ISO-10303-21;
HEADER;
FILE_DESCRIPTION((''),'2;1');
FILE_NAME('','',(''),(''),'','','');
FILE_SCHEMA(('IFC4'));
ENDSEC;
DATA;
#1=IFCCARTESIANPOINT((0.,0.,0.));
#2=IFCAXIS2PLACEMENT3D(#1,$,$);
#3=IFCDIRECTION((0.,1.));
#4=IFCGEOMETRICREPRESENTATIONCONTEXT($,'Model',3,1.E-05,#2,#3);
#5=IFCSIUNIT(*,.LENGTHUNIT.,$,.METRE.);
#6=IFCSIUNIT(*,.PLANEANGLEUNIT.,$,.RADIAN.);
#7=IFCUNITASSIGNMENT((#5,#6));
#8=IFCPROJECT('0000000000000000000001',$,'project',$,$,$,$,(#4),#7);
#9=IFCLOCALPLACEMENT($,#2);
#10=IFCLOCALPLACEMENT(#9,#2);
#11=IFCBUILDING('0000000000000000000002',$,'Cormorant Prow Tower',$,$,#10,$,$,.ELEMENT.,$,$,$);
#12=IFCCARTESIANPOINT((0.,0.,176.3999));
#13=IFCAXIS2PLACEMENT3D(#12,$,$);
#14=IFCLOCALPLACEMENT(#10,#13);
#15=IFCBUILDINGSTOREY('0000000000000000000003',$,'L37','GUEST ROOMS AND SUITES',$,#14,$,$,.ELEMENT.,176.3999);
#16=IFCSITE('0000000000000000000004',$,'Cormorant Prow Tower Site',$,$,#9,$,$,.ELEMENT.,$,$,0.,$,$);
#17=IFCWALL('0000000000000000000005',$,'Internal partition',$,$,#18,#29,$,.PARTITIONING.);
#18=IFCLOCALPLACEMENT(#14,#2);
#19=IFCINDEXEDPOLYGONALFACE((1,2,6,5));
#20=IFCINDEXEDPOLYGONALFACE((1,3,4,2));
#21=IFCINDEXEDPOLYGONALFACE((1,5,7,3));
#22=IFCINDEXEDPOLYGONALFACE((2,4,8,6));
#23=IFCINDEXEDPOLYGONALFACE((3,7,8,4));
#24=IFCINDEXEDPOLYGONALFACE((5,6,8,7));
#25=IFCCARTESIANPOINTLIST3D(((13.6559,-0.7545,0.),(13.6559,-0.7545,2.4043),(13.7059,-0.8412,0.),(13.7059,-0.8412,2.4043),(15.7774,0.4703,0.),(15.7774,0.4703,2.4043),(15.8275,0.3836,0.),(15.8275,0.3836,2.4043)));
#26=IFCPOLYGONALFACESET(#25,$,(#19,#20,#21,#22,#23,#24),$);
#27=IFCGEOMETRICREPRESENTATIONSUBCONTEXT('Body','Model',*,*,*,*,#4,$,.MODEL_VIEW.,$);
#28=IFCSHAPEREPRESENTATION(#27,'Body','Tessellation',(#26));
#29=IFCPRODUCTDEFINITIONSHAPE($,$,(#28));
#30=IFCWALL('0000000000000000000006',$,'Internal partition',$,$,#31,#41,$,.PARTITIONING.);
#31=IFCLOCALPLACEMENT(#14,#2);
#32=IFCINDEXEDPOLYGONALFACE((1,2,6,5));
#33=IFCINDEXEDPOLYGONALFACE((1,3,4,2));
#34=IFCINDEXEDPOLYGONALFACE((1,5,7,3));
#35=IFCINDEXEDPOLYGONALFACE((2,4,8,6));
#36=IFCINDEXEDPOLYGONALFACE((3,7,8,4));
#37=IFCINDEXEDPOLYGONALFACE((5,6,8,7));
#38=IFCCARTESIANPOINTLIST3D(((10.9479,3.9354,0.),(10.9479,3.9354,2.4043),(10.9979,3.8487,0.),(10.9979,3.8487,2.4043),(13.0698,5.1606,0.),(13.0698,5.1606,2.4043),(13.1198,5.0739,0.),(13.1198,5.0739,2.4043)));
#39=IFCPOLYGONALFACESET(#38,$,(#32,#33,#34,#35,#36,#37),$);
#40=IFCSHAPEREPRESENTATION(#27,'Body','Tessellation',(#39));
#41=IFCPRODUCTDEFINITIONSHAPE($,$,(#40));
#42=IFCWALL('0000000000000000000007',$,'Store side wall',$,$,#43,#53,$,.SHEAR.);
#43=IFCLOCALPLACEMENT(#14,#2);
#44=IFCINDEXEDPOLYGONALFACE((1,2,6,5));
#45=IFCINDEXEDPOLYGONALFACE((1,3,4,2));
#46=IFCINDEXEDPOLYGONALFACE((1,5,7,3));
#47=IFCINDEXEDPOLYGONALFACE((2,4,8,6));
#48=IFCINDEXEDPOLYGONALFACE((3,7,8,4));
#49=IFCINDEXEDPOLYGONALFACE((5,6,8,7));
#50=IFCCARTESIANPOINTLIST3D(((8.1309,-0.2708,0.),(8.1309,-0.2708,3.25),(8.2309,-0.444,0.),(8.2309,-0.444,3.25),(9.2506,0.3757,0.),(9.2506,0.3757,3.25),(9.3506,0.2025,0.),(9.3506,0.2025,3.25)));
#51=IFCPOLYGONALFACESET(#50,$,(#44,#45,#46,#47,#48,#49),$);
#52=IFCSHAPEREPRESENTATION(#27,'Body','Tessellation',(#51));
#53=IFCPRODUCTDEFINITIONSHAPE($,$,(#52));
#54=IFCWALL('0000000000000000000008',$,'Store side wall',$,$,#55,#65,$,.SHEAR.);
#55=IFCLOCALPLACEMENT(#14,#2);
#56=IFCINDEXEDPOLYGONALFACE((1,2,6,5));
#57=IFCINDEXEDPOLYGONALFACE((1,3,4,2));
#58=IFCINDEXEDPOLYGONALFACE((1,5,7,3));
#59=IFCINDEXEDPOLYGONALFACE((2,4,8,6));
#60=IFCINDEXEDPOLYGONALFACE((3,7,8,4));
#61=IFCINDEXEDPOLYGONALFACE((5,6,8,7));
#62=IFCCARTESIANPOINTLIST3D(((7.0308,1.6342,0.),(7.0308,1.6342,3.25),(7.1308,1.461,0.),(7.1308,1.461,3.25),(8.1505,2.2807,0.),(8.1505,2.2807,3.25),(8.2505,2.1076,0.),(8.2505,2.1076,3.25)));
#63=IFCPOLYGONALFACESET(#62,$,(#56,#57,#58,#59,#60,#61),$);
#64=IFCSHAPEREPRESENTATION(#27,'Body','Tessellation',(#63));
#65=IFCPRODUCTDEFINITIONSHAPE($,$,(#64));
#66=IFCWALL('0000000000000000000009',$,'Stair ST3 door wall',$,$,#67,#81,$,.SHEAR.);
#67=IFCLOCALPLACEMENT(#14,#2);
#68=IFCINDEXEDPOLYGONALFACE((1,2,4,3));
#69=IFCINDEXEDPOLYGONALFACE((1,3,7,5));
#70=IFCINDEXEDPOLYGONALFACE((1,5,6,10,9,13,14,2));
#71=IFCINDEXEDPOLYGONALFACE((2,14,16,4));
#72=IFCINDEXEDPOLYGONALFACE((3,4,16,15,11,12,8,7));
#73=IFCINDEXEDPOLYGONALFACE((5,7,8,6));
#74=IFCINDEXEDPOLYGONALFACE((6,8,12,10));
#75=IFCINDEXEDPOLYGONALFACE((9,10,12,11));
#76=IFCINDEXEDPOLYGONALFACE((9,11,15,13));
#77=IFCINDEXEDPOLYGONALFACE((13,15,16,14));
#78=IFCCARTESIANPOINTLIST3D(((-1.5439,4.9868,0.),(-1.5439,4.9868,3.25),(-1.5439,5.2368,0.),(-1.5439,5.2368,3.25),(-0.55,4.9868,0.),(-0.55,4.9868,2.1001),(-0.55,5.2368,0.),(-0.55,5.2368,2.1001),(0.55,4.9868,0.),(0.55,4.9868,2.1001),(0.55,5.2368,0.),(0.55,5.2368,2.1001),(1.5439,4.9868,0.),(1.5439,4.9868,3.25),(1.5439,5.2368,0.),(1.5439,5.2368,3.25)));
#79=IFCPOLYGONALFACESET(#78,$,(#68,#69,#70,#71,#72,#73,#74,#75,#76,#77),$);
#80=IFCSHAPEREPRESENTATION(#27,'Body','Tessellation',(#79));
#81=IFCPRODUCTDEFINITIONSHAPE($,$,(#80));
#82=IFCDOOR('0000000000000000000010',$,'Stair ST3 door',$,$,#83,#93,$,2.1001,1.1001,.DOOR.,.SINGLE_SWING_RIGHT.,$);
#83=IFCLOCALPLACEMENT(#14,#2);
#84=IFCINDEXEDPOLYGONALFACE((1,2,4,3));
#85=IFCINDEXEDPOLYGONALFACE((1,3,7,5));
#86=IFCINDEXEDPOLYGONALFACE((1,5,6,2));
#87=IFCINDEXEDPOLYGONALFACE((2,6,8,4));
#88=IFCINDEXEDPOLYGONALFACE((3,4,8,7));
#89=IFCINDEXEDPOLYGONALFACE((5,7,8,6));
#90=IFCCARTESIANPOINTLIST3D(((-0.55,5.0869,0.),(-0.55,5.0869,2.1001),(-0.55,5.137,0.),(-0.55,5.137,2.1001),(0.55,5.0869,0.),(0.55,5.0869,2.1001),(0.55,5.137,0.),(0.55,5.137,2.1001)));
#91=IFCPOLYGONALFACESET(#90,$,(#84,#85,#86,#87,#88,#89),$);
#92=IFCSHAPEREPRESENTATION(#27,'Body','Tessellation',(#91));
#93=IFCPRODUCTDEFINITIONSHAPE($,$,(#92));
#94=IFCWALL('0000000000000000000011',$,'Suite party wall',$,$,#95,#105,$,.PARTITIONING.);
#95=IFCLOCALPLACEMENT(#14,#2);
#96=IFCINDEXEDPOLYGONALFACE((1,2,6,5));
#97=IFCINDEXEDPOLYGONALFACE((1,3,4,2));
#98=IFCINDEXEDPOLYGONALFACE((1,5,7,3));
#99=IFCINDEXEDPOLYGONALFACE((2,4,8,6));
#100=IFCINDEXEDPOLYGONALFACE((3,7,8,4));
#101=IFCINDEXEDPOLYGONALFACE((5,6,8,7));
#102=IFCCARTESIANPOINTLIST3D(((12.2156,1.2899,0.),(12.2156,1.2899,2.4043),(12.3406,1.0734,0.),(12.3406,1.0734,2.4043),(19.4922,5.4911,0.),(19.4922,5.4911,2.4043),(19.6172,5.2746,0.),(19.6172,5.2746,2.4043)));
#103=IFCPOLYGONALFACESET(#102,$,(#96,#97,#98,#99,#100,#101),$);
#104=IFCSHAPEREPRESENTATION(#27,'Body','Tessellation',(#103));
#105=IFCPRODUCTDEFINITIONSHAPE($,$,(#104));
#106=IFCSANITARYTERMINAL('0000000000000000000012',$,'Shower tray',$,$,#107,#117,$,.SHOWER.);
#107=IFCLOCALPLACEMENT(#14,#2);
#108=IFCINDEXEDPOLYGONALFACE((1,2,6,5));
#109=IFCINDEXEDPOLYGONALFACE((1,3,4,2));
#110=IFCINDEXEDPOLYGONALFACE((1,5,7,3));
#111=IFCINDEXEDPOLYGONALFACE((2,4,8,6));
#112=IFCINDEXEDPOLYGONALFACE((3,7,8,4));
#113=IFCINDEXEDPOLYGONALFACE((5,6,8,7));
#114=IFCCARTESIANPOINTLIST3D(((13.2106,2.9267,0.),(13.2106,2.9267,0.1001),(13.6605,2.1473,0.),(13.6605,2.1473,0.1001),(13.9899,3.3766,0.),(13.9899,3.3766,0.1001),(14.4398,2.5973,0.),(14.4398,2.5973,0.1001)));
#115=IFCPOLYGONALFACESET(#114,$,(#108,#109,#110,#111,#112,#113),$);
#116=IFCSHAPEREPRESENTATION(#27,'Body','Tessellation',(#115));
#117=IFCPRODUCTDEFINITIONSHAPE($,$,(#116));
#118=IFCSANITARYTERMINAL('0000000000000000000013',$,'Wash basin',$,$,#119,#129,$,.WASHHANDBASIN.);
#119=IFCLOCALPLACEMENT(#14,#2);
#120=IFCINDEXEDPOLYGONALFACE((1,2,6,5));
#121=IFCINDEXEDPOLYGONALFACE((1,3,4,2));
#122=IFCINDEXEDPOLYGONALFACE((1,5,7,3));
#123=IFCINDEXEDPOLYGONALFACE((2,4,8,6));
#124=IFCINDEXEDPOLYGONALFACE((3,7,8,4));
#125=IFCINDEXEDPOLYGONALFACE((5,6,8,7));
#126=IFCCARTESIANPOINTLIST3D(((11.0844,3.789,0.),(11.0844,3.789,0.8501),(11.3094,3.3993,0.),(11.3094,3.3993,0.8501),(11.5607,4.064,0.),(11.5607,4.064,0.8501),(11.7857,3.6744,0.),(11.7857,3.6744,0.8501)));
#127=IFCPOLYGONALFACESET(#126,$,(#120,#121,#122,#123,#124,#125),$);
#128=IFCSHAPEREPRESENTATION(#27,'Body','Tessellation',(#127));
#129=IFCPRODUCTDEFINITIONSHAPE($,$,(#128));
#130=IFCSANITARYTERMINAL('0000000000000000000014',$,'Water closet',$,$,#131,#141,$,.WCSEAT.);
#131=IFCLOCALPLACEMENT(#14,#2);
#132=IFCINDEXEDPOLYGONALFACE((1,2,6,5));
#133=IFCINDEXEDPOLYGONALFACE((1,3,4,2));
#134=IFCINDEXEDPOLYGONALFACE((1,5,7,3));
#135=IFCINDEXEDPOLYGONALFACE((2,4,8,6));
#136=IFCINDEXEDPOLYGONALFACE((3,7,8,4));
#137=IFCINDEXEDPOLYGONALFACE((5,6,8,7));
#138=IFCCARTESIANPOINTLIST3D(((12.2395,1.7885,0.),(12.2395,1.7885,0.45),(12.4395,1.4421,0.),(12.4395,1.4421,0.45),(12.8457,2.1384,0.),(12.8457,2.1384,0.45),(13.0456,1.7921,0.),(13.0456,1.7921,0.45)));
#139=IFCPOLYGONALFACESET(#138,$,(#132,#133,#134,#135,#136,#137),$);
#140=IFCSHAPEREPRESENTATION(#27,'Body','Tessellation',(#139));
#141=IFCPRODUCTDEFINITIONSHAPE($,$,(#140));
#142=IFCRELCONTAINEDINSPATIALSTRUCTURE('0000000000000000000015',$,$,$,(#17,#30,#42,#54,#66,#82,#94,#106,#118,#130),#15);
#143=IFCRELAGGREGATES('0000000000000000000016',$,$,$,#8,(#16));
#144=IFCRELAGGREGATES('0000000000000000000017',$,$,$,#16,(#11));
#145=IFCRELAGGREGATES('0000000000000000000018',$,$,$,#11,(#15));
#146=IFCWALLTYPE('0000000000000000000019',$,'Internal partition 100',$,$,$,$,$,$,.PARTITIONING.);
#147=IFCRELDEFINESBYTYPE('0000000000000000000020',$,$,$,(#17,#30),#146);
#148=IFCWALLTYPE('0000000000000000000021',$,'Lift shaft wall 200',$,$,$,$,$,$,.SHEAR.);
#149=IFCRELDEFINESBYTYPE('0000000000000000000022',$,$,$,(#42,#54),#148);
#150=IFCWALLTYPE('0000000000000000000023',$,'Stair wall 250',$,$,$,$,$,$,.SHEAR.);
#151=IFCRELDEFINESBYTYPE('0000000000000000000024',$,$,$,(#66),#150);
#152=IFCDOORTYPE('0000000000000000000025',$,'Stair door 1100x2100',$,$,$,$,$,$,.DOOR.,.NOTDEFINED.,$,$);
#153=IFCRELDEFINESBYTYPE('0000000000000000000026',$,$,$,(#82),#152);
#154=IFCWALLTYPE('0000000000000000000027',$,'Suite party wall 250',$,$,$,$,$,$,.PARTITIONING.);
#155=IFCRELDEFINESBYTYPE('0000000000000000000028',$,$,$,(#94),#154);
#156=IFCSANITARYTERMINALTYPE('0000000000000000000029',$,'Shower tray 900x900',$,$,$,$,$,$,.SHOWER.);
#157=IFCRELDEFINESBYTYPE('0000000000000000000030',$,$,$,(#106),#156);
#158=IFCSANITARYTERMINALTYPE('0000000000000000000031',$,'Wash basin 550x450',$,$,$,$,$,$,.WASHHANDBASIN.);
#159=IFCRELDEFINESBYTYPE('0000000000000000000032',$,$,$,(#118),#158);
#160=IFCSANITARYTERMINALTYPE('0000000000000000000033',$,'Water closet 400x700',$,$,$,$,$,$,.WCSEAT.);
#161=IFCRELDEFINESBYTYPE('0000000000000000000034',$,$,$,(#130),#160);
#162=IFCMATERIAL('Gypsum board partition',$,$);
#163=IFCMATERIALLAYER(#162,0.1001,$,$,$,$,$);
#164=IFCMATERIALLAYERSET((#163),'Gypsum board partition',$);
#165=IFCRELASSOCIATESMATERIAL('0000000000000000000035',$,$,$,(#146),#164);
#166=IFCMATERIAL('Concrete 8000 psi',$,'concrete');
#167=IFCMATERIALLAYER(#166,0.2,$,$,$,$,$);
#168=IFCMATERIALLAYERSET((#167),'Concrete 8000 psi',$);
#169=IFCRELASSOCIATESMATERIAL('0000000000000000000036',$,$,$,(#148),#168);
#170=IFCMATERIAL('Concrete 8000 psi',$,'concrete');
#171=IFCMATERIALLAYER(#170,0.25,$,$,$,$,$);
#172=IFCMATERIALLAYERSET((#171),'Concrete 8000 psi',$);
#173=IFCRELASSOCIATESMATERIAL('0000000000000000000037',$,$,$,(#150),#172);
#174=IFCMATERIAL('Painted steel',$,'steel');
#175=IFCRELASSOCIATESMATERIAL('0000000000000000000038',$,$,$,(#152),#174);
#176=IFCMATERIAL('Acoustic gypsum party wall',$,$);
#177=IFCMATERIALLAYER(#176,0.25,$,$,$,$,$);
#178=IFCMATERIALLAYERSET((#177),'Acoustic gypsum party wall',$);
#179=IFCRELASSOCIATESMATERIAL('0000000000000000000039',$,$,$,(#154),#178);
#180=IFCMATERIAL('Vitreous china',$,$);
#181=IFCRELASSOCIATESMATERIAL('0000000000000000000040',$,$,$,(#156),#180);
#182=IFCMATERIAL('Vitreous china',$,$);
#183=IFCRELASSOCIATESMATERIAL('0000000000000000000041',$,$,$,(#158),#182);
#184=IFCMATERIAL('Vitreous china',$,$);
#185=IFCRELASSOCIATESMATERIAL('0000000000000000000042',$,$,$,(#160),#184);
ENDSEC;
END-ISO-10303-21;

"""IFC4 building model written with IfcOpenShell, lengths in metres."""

from ifc_helpers import new_model, si_unit, direction, frame, frame_2d, origin, origin_2d, place, context, subcontext, project, spatial, rectangle, extrude, material, layer, layer_set, type_object, element, fill, save


model = new_model("IFC4")

# Units and contexts
model_context = context("Model", 3, precision=1e-05, world=origin(), true_north=direction((0.0, 1.0)))
body_context = subcontext(model_context, "Body", "Model", "MODEL_VIEW")
ifc_project = project(units=[si_unit("LENGTHUNIT", "METRE"), si_unit("PLANEANGLEUNIT", "RADIAN")], contexts=[model_context])

# Site, building, storey
site_placement = place(None, origin())
site = spatial("IfcSite", under=ifc_project, at=site_placement, Name="Cormorant Prow Tower Site", CompositionType="ELEMENT", RefElevation=0.0)
building_placement = place(site_placement, origin())
building = spatial("IfcBuilding", under=site, at=building_placement, Name="Cormorant Prow Tower", CompositionType="ELEMENT")
storey_placement = place(building_placement, frame((0.0, 0.0, 176.3999)))
storey = spatial("IfcBuildingStorey", under=building, at=storey_placement, Name="L37", Description="GUEST ROOMS AND SUITES", CompositionType="ELEMENT", Elevation=176.3999)

# Shared definitions
ifc_material_1 = material(Name="Gypsum board partition")
ifc_layer_1 = layer(ifc_material_1, 0.1001)
ifc_layer_set_1 = layer_set([ifc_layer_1], Name="Gypsum board partition")
wall_type_1 = type_object("IfcWallType", Name="Internal partition 100", PredefinedType="PARTITIONING", material=ifc_layer_set_1)

# Walls
wall_1_placement = place(storey_placement, frame((13.6809, -0.7979, 0.0), z_axis=(0.0, 0.0, 1.0), x_axis=(0.866033, 0.499987, 0.0)))
element("IfcWall", 1, at=wall_1_placement, inside=storey, type_object=wall_type_1, Name="Internal partition", PredefinedType="PARTITIONING", context=body_context, shape_type="SweptSolid", body=[
    extrude(rectangle(XDim=2.4497, YDim=0.1001, at=frame_2d((1.2249, 0.0))), origin(), (0.0, 0.0, 1.0), 2.4043),
])
wall_2_placement = place(storey_placement, frame((10.9729, 3.8921, 0.0), z_axis=(0.0, 0.0, 1.0), x_axis=(0.866015, 0.500019, 0.0)))
element("IfcWall", 2, at=wall_2_placement, inside=storey, type_object=wall_type_1, Name="Internal partition", PredefinedType="PARTITIONING", context=body_context, shape_type="SweptSolid", body=[
    extrude(rectangle(XDim=2.4502, YDim=0.1001, at=frame_2d((1.2251, 0.0))), origin(), (0.0, 0.0, 1.0), 2.4043),
])
ifc_material_2 = material(Name="Concrete 8000 psi", Category="concrete")
ifc_layer_2 = layer(ifc_material_2, 0.2)
ifc_layer_set_2 = layer_set([ifc_layer_2], Name="Concrete 8000 psi")
wall_type_2 = type_object("IfcWallType", Name="Lift shaft wall 200", PredefinedType="SHEAR", material=ifc_layer_set_2)
for number, where, z_axis, x_axis, name in (
    (3, (8.1809, -0.3574, 0.0), (0.0, 0.0, 1.0), (0.866003, 0.500038, 0.0), "Store side wall"),
    (4, (7.0808, 1.5476, 0.0), (0.0, 0.0, 1.0), (0.866003, 0.500038, 0.0), "Store side wall"),
):
    element("IfcWall", number, at=place(storey_placement, frame(where, z_axis=z_axis, x_axis=x_axis)), inside=storey, type_object=wall_type_2, Name=name, PredefinedType="SHEAR", context=body_context, shape_type="SweptSolid", body=[
        extrude(rectangle(XDim=1.293, YDim=0.2, at=frame_2d((0.6465, 0.0))), origin(), (0.0, 0.0, 1.0), 3.25),
    ])

# Wall, opening, door
ifc_material_3 = material(Name="Concrete 8000 psi", Category="concrete")
ifc_layer_3 = layer(ifc_material_3, 0.25)
ifc_layer_set_3 = layer_set([ifc_layer_3], Name="Concrete 8000 psi")
wall_type_3 = type_object("IfcWallType", Name="Stair wall 250", PredefinedType="SHEAR", material=ifc_layer_set_3)
wall_3_placement = place(storey_placement, frame((1.5439, 5.1118, 0.0), z_axis=(0.0, 0.0, 1.0), x_axis=(-1.0, 0.0, 0.0)))
wall_3 = element("IfcWall", 5, at=wall_3_placement, inside=storey, type_object=wall_type_3, Name="Stair ST3 door wall", PredefinedType="SHEAR", context=body_context, shape_type="SweptSolid", body=[
    extrude(rectangle(XDim=3.0879, YDim=0.25, at=frame_2d((1.5439, 0.0))), origin(), (0.0, 0.0, 1.0), 3.25),
])
opening_1_placement = place(wall_3_placement, frame((0.9939, 0.0, 0.0)))
opening_1 = element("IfcOpeningElement", 6, at=opening_1_placement, cuts=wall_3, PredefinedType="OPENING", context=body_context, shape_type="SweptSolid", body=[
    extrude(rectangle(XDim=1.1001, YDim=2.1001, at=frame_2d((0.55, 1.05))), frame((0.0, 0.135, 0.0), z_axis=(0.0, -1.0, 0.0), x_axis=(1.0, 0.0, 0.0)), (0.0, 0.0, 1.0), 0.27),
])
ifc_material_4 = material(Name="Painted steel", Category="steel")
door_type_1 = type_object("IfcDoorType", Name="Stair door 1100x2100", OperationType="NOTDEFINED", PredefinedType="DOOR", material=ifc_material_4)
door_1_placement = place(opening_1_placement, origin())
door_1 = element("IfcDoor", 7, at=door_1_placement, inside=storey, type_object=door_type_1, Name="Stair ST3 door", OperationType="SINGLE_SWING_RIGHT", OverallHeight=2.1001, OverallWidth=1.1001, PredefinedType="DOOR", context=body_context, shape_type="SweptSolid", body=[
    extrude(rectangle(XDim=1.1001, YDim=2.1001, at=frame_2d((0.55, 1.05))), frame((0.0, 0.0249, 0.0), z_axis=(0.0, -1.0, 0.0), x_axis=(1.0, 0.0, 0.0)), (0.0, 0.0, 1.0), 0.05),
])
fill(opening_1, door_1)

# Wall
ifc_material_5 = material(Name="Acoustic gypsum party wall")
ifc_layer_4 = layer(ifc_material_5, 0.25)
ifc_layer_set_4 = layer_set([ifc_layer_4], Name="Acoustic gypsum party wall")
wall_type_4 = type_object("IfcWallType", Name="Suite party wall 250", PredefinedType="PARTITIONING", material=ifc_layer_set_4)
wall_4_placement = place(storey_placement, frame((12.2781, 1.1816, 0.0), z_axis=(0.0, 0.0, 1.0), x_axis=(0.866024, 0.500002, 0.0)))
element("IfcWall", 8, at=wall_4_placement, inside=storey, type_object=wall_type_4, Name="Suite party wall", PredefinedType="PARTITIONING", context=body_context, shape_type="SweptSolid", body=[
    extrude(rectangle(XDim=8.4023, YDim=0.25, at=frame_2d((4.2012, 0.0))), origin(), (0.0, 0.0, 1.0), 2.4043),
])

# Sanitary terminals
ifc_material_6 = material(Name="Vitreous china")
sanitary_terminal_type_1 = type_object("IfcSanitaryTerminalType", Name="Shower tray 900x900", PredefinedType="SHOWER", material=ifc_material_6)
sanitary_terminal_1_placement = place(storey_placement, frame((13.8252, 2.762, 0.0), z_axis=(0.0, 0.0, 1.0), x_axis=(-0.866025, -0.5, 0.0)))
element("IfcSanitaryTerminal", 9, at=sanitary_terminal_1_placement, inside=storey, type_object=sanitary_terminal_type_1, Name="Shower tray", PredefinedType="SHOWER", context=body_context, shape_type="SweptSolid", body=[
    extrude(rectangle(XDim=0.8999, YDim=0.8999, at=origin_2d()), origin(), (0.0, 0.0, 1.0), 0.1001),
])
ifc_material_7 = material(Name="Vitreous china")
sanitary_terminal_type_2 = type_object("IfcSanitaryTerminalType", Name="Wash basin 550x450", PredefinedType="WASHHANDBASIN", material=ifc_material_7)
sanitary_terminal_2_placement = place(storey_placement, frame((11.4351, 3.7317, 0.0), z_axis=(0.0, 0.0, 1.0), x_axis=(0.866025, 0.5, 0.0)))
element("IfcSanitaryTerminal", 10, at=sanitary_terminal_2_placement, inside=storey, type_object=sanitary_terminal_type_2, Name="Wash basin", PredefinedType="WASHHANDBASIN", context=body_context, shape_type="SweptSolid", body=[
    extrude(rectangle(XDim=0.55, YDim=0.45, at=origin_2d()), origin(), (0.0, 0.0, 1.0), 0.8501),
])
ifc_material_8 = material(Name="Vitreous china")
sanitary_terminal_type_3 = type_object("IfcSanitaryTerminalType", Name="Water closet 400x700", PredefinedType="WCSEAT", material=ifc_material_8)
sanitary_terminal_3_placement = place(storey_placement, frame((12.6426, 1.7903, 0.0), z_axis=(0.0, 0.0, 1.0), x_axis=(-0.5, 0.866025, 0.0)))
element("IfcSanitaryTerminal", 11, at=sanitary_terminal_3_placement, inside=storey, type_object=sanitary_terminal_type_3, Name="Water closet", PredefinedType="WCSEAT", context=body_context, shape_type="SweptSolid", body=[
    extrude(rectangle(XDim=0.3999, YDim=0.7, at=origin_2d()), origin(), (0.0, 0.0, 1.0), 0.45),
])

save(model, "model.ifc")
